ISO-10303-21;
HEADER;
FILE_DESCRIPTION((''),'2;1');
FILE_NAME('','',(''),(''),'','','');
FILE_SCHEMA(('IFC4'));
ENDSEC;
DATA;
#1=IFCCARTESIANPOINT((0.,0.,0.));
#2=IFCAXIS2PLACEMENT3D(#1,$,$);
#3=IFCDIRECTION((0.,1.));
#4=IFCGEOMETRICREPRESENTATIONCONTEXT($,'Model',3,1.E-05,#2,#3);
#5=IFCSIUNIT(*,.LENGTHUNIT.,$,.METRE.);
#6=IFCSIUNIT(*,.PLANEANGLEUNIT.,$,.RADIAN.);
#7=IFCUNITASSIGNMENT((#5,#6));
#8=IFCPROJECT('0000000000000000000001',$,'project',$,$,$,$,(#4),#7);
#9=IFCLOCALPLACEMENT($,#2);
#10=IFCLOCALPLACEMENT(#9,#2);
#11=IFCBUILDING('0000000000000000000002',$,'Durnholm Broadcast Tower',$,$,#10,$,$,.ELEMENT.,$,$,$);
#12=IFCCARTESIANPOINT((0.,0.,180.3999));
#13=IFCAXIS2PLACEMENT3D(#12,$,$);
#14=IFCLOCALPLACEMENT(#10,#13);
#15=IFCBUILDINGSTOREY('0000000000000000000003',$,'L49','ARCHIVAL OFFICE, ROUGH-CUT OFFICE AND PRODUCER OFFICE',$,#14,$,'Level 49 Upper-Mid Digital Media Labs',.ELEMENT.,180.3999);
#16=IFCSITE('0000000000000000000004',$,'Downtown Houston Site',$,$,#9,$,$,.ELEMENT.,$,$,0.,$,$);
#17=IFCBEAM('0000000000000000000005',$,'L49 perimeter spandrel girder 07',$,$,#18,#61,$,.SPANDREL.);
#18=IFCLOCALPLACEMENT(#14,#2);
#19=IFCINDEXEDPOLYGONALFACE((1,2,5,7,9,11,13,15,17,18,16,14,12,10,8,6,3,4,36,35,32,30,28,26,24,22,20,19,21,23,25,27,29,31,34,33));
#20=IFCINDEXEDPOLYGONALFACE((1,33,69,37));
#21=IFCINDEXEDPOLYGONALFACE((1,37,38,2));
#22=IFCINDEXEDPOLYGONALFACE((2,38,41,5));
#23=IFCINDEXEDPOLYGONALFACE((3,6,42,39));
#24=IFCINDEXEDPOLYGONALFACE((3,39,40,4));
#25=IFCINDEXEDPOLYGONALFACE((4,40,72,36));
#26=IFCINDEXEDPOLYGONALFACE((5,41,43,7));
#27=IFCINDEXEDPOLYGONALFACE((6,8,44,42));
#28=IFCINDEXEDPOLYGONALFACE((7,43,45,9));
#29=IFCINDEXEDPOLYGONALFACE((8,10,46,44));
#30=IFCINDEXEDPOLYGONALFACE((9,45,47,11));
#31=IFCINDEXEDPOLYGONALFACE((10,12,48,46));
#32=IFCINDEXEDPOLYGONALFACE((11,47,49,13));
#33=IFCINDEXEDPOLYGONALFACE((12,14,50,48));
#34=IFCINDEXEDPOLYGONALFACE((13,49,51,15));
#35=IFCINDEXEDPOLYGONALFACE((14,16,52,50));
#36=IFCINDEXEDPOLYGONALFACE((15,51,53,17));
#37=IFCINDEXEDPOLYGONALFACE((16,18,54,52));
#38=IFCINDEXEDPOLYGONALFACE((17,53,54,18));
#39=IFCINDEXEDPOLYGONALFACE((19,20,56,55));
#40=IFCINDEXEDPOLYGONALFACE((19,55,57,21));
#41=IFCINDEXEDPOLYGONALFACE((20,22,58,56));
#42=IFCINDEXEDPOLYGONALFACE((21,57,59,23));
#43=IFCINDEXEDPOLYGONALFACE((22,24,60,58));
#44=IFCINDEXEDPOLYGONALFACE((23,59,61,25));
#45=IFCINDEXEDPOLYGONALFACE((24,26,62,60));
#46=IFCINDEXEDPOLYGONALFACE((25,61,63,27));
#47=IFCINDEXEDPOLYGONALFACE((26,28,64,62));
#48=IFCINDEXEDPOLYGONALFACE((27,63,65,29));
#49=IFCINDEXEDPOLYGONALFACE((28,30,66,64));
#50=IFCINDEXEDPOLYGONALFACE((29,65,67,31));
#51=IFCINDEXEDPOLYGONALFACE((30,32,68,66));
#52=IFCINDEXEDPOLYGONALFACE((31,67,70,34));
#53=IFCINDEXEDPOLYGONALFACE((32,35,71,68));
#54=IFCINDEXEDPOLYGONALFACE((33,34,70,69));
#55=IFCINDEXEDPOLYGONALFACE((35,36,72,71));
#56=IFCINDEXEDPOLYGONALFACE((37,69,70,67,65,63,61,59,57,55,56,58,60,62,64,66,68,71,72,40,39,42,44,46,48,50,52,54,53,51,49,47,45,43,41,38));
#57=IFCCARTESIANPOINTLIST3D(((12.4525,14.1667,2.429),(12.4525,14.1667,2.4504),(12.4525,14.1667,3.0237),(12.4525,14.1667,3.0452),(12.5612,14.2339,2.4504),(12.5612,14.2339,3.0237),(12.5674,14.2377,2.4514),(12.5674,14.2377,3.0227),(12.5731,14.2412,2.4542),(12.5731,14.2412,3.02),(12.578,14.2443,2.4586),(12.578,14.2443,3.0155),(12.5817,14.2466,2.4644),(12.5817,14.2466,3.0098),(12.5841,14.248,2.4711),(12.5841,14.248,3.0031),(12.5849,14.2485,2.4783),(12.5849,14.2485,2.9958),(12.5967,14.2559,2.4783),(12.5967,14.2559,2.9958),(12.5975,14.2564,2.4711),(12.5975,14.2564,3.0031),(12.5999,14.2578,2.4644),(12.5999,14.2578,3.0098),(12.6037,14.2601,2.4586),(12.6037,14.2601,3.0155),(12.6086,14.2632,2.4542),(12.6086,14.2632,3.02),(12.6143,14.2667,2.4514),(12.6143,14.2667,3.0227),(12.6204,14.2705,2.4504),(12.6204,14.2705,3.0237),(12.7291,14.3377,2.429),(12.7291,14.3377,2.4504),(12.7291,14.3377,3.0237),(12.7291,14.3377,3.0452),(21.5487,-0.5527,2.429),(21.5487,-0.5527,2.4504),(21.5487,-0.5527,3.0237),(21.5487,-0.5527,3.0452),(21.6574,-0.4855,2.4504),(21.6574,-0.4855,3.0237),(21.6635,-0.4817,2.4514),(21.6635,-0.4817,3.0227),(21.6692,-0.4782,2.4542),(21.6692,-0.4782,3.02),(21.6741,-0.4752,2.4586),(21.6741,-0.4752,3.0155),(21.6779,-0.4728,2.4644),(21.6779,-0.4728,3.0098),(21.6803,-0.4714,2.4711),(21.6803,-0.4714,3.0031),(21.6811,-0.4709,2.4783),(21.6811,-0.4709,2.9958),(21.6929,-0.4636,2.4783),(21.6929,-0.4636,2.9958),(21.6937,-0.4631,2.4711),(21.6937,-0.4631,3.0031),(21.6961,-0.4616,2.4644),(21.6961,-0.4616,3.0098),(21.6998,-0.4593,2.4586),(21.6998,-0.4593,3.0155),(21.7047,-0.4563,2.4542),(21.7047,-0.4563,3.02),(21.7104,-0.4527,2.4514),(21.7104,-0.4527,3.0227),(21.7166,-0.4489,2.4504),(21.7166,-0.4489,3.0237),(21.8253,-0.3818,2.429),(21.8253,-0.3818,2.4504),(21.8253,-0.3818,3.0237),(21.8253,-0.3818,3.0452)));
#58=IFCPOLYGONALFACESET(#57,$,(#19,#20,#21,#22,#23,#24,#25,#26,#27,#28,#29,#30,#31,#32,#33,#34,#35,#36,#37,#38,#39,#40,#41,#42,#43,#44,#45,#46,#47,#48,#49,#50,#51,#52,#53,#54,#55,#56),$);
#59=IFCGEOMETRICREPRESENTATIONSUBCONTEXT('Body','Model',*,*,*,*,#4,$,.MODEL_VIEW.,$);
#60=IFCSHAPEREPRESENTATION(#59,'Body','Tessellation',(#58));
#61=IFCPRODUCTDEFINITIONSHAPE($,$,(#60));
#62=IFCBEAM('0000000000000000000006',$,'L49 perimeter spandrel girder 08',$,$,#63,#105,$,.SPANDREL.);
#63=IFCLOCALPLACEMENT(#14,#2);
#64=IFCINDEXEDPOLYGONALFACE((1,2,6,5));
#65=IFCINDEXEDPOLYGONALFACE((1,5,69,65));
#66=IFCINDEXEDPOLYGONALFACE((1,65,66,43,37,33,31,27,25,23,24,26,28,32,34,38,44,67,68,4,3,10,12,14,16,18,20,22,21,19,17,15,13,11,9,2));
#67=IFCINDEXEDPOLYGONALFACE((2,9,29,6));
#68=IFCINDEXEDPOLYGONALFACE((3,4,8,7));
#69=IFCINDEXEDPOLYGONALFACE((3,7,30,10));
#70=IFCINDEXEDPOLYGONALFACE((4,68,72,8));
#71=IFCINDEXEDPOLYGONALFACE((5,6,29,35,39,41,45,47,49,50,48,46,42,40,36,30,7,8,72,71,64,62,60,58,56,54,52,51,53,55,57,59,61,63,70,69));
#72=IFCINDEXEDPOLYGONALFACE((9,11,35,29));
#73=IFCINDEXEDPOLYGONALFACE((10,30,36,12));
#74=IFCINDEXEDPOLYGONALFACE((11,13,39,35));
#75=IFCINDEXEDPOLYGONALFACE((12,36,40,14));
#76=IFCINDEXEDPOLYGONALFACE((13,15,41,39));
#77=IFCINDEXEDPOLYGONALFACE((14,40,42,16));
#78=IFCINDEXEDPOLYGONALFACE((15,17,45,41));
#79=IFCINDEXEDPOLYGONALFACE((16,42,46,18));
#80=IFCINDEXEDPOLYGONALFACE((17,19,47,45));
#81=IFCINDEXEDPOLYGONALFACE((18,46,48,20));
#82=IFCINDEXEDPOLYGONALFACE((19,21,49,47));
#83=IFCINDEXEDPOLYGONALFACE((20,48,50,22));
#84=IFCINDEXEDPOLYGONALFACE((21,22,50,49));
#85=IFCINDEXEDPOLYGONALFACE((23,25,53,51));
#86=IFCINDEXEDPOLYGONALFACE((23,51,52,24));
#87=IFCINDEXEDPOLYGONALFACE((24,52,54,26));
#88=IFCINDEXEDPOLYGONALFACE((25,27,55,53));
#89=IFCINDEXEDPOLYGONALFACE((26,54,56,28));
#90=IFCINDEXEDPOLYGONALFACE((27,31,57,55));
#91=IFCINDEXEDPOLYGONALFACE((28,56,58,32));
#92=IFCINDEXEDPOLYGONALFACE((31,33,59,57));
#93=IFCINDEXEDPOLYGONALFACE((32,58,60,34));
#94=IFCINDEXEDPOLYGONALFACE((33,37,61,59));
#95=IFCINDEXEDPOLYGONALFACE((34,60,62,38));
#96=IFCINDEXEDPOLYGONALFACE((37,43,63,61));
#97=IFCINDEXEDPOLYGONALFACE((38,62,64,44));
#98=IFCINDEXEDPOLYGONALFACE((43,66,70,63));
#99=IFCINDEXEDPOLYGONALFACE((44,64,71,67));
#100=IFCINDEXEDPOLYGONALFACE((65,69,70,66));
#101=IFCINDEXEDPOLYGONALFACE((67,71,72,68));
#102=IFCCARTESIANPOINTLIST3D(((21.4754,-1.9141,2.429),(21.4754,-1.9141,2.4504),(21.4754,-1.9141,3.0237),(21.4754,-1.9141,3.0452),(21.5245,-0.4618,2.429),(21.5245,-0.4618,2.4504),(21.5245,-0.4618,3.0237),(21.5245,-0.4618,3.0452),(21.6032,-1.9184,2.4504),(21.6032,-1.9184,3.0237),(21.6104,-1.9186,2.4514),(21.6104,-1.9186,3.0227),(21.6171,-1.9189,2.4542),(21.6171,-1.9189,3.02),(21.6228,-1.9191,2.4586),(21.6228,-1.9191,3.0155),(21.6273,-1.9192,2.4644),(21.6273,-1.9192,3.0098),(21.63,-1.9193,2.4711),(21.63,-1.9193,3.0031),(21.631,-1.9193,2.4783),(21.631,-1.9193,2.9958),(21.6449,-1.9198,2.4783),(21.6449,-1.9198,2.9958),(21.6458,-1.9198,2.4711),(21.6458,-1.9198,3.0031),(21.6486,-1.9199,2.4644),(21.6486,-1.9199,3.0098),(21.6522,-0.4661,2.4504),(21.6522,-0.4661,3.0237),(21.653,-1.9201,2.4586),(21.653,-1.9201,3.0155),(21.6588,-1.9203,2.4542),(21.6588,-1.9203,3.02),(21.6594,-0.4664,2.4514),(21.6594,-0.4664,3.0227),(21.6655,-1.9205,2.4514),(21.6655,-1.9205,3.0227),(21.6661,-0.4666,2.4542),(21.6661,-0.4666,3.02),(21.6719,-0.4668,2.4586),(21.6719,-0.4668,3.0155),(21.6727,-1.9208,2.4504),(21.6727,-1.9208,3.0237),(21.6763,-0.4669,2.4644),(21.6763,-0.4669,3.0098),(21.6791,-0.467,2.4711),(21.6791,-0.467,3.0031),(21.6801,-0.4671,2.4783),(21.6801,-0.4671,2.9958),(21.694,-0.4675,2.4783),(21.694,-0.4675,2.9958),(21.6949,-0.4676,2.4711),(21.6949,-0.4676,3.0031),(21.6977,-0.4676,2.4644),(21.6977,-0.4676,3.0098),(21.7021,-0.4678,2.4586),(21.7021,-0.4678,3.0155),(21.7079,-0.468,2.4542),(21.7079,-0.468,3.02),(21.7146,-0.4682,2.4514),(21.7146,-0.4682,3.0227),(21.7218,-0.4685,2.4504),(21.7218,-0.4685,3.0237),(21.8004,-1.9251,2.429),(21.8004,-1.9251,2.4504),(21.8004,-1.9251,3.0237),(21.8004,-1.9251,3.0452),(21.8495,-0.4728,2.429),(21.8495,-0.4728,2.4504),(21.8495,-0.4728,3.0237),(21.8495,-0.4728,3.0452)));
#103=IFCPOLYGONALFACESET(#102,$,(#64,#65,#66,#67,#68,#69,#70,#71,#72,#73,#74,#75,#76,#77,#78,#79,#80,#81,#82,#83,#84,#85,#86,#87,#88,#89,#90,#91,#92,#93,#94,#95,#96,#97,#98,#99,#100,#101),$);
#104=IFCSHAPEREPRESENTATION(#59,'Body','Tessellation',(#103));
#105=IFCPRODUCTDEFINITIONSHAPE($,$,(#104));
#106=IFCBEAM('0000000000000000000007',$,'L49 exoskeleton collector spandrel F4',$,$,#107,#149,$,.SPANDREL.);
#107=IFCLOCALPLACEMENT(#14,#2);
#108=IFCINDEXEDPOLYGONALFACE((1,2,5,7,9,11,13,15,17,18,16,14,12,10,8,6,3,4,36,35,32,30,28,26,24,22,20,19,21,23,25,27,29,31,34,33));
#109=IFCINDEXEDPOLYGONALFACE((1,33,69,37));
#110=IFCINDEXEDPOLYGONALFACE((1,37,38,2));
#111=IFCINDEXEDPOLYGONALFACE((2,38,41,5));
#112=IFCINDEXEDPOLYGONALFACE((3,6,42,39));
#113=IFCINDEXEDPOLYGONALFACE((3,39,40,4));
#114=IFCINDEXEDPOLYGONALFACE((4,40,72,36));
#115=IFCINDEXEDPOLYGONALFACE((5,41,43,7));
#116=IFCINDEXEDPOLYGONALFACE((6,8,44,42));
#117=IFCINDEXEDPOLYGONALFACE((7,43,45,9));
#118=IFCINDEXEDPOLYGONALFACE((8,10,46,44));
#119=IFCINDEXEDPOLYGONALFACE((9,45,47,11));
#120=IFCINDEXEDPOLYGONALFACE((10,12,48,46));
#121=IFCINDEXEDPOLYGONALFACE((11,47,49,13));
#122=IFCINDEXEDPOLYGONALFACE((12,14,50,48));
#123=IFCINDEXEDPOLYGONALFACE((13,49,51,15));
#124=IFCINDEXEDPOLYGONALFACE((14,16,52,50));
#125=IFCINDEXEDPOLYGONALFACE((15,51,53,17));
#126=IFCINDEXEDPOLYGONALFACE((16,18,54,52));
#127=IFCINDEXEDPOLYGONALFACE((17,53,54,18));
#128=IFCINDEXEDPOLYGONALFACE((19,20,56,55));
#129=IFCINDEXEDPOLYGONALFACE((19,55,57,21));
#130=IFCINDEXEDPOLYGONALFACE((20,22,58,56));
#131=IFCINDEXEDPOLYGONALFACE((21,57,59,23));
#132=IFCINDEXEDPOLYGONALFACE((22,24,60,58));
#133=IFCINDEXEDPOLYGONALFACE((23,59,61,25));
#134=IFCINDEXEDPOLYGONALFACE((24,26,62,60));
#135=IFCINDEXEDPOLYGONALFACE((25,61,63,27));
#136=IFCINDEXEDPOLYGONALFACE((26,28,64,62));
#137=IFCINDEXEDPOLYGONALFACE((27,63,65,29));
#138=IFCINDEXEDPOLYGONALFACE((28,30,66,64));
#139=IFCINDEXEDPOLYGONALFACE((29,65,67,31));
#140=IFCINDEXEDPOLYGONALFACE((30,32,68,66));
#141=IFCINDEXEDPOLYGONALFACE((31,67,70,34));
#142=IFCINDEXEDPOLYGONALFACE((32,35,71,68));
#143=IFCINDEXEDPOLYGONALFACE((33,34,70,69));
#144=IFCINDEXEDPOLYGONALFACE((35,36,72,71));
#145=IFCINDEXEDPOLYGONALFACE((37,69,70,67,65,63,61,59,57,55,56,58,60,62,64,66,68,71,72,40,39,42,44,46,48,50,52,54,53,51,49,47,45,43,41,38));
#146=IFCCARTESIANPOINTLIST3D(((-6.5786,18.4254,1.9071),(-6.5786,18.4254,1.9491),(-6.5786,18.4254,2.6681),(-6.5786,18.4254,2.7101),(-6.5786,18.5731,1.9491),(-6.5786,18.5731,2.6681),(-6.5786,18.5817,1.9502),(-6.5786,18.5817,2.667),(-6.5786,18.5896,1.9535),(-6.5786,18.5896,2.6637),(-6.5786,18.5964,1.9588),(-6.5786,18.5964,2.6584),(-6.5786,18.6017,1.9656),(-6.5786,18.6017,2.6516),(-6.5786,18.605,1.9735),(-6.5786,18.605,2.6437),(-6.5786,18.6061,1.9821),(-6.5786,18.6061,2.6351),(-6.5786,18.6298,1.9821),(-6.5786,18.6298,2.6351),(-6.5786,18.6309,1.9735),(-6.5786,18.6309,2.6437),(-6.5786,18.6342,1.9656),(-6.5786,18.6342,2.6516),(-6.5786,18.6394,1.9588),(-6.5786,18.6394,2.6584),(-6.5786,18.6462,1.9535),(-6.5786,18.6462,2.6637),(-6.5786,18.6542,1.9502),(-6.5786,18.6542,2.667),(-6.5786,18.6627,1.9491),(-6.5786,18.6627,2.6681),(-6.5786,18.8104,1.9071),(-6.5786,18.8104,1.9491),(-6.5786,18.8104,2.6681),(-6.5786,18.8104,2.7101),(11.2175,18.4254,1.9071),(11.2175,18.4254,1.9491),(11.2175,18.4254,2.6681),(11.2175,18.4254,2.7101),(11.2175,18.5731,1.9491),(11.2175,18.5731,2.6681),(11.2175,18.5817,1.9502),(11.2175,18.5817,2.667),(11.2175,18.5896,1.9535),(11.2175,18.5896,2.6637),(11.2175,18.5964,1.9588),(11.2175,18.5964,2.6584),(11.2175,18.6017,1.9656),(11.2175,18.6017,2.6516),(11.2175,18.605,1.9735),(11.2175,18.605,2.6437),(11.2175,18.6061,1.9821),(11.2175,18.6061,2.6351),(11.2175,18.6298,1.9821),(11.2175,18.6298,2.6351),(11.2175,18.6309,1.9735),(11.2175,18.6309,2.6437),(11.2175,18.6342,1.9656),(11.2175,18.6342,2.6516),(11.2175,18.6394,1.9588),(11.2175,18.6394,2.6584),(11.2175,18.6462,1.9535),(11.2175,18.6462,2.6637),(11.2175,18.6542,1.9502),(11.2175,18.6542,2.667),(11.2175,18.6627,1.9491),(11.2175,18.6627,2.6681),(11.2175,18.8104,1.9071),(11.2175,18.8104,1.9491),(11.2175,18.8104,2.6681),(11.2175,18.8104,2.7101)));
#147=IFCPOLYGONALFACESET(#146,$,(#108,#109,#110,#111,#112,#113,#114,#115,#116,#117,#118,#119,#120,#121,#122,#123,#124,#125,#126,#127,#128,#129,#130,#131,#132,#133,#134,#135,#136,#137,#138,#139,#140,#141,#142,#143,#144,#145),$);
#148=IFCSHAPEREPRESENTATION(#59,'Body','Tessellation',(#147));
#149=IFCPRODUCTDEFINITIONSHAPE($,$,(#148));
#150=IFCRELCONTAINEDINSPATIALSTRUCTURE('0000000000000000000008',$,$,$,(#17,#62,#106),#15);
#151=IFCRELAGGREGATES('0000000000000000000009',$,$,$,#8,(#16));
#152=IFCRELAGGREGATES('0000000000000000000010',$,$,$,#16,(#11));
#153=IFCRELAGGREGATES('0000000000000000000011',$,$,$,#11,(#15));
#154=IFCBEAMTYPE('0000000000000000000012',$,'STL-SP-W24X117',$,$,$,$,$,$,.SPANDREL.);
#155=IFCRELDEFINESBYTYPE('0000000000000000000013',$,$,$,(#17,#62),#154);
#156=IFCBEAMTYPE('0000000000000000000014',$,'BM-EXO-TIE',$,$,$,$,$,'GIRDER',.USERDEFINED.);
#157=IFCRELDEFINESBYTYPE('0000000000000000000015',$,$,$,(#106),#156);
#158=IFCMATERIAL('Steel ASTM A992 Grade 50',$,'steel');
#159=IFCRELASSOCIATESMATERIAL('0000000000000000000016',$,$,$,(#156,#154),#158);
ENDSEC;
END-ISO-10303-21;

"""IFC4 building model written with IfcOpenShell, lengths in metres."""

from ifc_helpers import new_model, si_unit, direction, frame, origin, origin_2d, place, context, subcontext, project, spatial, i_section, extrude, source, transform, mapped, material, material_profile, profile_set, type_object, type_shapes, element, save


model = new_model("IFC4")

# Units and contexts
model_context = context("Model", 3, precision=1e-05, world=origin(), true_north=direction((0.0, 1.0)))
body_context = subcontext(model_context, "Body", "Model", "MODEL_VIEW")
ifc_project = project(units=[si_unit("LENGTHUNIT", "METRE"), si_unit("PLANEANGLEUNIT", "RADIAN")], contexts=[model_context])

# Site, building, storey
site_placement = place(None, origin())
site = spatial("IfcSite", under=ifc_project, at=site_placement, Name="Downtown Houston Site", CompositionType="ELEMENT", RefElevation=0.0)
building_placement = place(site_placement, origin())
building = spatial("IfcBuilding", under=site, at=building_placement, Name="Durnholm Broadcast Tower", CompositionType="ELEMENT")
storey_placement = place(building_placement, frame((0.0, 0.0, 180.3999)))
storey = spatial("IfcBuildingStorey", under=building, at=storey_placement, Name="L49", Description="ARCHIVAL OFFICE, ROUGH-CUT OFFICE AND PRODUCER OFFICE", LongName="Level 49 Upper-Mid Digital Media Labs", CompositionType="ELEMENT", Elevation=180.3999)

# Beams
ifc_material_1 = material(Name="Steel ASTM A992 Grade 50", Category="steel")
ifc_material_profile_1 = material_profile(ifc_material_1, i_section(OverallWidth=0.385, OverallDepth=0.803, WebThickness=0.0237, FlangeThickness=0.042, FilletRadius=0.033, at=origin_2d()), Name="W30X261")
ifc_profile_set_1 = profile_set([ifc_material_profile_1], Name="Steel ASTM A992 Grade 50")
beam_type_1 = type_object("IfcBeamType", Name="BM-EXO-TIE", ElementType="GIRDER", PredefinedType="USERDEFINED", material=ifc_profile_set_1)
ifc_material_profile_2 = material_profile(ifc_material_1, i_section(OverallWidth=0.3252, OverallDepth=0.6162, WebThickness=0.0139, FlangeThickness=0.0215, FilletRadius=0.0278, at=origin_2d()), Name="W24X117")
ifc_profile_set_2 = profile_set([ifc_material_profile_2], Name="Steel ASTM A992 Grade 50")
beam_type_2 = type_object("IfcBeamType", Name="STL-SP-W24X117", PredefinedType="SPANDREL", material=ifc_profile_set_2)
shared_shape_1 = source(origin(), body_context, "Body", "SweptSolid", [
    extrude(i_section(OverallWidth=0.3252, OverallDepth=0.6162, WebThickness=0.0139, FlangeThickness=0.0215, FilletRadius=0.0278, at=origin_2d()), origin(), (0.0, 0.0, 1.0), 17.3032),
])
beam_1_placement = place(storey_placement, frame((12.5908, 14.2522, 2.7371), z_axis=(0.525691, -0.850675, 0.0), x_axis=(0.850675, 0.525691, 0.0)))
element("IfcBeam", 1, at=beam_1_placement, inside=storey, type_object=beam_type_2, Name="L49 perimeter spandrel girder 07", PredefinedType="SPANDREL", context=body_context, shape_type="MappedRepresentation", body=[
    mapped(shared_shape_1, transform((0.0, 0.0, 0.0), x_axis=(1.0, 0.0, 0.0), y_axis=(0.0, 1.0, 0.0), z_axis=(0.0, 0.0, 1.0), scale=1.0)),
])
shared_shape_2 = source(origin(), body_context, "Body", "SweptSolid", [
    extrude(i_section(OverallWidth=0.3252, OverallDepth=0.6162, WebThickness=0.0139, FlangeThickness=0.0215, FilletRadius=0.0278, at=origin_2d()), origin(), (0.0, 0.0, 1.0), 1.4531),
])
type_shapes(beam_type_2, [shared_shape_1, shared_shape_2])
beam_2_placement = place(storey_placement, frame((21.687, -0.4673, 2.7371), z_axis=(-0.033768, -0.99943, 0.0), x_axis=(0.99943, -0.033768, 0.0)))
element("IfcBeam", 2, at=beam_2_placement, inside=storey, type_object=beam_type_2, Name="L49 perimeter spandrel girder 08", PredefinedType="SPANDREL", context=body_context, shape_type="MappedRepresentation", body=[
    mapped(shared_shape_2, transform((0.0, 0.0, 0.0), x_axis=(1.0, 0.0, 0.0), y_axis=(0.0, 1.0, 0.0), z_axis=(0.0, 0.0, 1.0), scale=1.0)),
])
shared_shape_3 = source(origin(), body_context, "Body", "SweptSolid", [
    extrude(i_section(OverallWidth=0.385, OverallDepth=0.803, WebThickness=0.0237, FlangeThickness=0.042, FilletRadius=0.033, at=origin_2d()), origin(), (0.0, 0.0, 1.0), 17.7961),
])
beam_3_placement = place(storey_placement, frame((11.2175, 18.6179, 2.3086), z_axis=(-1.0, 0.0, 0.0), x_axis=(0.0, -1.0, 0.0)))
element("IfcBeam", 3, at=beam_3_placement, inside=storey, type_object=beam_type_1, Name="L49 exoskeleton collector spandrel F4", PredefinedType="SPANDREL", context=body_context, shape_type="MappedRepresentation", body=[
    mapped(shared_shape_3, transform((0.0, 0.0, 0.0), x_axis=(1.0, 0.0, 0.0), y_axis=(0.0, 1.0, 0.0), z_axis=(0.0, 0.0, 1.0), scale=1.0)),
])

save(model, "model.ifc")
